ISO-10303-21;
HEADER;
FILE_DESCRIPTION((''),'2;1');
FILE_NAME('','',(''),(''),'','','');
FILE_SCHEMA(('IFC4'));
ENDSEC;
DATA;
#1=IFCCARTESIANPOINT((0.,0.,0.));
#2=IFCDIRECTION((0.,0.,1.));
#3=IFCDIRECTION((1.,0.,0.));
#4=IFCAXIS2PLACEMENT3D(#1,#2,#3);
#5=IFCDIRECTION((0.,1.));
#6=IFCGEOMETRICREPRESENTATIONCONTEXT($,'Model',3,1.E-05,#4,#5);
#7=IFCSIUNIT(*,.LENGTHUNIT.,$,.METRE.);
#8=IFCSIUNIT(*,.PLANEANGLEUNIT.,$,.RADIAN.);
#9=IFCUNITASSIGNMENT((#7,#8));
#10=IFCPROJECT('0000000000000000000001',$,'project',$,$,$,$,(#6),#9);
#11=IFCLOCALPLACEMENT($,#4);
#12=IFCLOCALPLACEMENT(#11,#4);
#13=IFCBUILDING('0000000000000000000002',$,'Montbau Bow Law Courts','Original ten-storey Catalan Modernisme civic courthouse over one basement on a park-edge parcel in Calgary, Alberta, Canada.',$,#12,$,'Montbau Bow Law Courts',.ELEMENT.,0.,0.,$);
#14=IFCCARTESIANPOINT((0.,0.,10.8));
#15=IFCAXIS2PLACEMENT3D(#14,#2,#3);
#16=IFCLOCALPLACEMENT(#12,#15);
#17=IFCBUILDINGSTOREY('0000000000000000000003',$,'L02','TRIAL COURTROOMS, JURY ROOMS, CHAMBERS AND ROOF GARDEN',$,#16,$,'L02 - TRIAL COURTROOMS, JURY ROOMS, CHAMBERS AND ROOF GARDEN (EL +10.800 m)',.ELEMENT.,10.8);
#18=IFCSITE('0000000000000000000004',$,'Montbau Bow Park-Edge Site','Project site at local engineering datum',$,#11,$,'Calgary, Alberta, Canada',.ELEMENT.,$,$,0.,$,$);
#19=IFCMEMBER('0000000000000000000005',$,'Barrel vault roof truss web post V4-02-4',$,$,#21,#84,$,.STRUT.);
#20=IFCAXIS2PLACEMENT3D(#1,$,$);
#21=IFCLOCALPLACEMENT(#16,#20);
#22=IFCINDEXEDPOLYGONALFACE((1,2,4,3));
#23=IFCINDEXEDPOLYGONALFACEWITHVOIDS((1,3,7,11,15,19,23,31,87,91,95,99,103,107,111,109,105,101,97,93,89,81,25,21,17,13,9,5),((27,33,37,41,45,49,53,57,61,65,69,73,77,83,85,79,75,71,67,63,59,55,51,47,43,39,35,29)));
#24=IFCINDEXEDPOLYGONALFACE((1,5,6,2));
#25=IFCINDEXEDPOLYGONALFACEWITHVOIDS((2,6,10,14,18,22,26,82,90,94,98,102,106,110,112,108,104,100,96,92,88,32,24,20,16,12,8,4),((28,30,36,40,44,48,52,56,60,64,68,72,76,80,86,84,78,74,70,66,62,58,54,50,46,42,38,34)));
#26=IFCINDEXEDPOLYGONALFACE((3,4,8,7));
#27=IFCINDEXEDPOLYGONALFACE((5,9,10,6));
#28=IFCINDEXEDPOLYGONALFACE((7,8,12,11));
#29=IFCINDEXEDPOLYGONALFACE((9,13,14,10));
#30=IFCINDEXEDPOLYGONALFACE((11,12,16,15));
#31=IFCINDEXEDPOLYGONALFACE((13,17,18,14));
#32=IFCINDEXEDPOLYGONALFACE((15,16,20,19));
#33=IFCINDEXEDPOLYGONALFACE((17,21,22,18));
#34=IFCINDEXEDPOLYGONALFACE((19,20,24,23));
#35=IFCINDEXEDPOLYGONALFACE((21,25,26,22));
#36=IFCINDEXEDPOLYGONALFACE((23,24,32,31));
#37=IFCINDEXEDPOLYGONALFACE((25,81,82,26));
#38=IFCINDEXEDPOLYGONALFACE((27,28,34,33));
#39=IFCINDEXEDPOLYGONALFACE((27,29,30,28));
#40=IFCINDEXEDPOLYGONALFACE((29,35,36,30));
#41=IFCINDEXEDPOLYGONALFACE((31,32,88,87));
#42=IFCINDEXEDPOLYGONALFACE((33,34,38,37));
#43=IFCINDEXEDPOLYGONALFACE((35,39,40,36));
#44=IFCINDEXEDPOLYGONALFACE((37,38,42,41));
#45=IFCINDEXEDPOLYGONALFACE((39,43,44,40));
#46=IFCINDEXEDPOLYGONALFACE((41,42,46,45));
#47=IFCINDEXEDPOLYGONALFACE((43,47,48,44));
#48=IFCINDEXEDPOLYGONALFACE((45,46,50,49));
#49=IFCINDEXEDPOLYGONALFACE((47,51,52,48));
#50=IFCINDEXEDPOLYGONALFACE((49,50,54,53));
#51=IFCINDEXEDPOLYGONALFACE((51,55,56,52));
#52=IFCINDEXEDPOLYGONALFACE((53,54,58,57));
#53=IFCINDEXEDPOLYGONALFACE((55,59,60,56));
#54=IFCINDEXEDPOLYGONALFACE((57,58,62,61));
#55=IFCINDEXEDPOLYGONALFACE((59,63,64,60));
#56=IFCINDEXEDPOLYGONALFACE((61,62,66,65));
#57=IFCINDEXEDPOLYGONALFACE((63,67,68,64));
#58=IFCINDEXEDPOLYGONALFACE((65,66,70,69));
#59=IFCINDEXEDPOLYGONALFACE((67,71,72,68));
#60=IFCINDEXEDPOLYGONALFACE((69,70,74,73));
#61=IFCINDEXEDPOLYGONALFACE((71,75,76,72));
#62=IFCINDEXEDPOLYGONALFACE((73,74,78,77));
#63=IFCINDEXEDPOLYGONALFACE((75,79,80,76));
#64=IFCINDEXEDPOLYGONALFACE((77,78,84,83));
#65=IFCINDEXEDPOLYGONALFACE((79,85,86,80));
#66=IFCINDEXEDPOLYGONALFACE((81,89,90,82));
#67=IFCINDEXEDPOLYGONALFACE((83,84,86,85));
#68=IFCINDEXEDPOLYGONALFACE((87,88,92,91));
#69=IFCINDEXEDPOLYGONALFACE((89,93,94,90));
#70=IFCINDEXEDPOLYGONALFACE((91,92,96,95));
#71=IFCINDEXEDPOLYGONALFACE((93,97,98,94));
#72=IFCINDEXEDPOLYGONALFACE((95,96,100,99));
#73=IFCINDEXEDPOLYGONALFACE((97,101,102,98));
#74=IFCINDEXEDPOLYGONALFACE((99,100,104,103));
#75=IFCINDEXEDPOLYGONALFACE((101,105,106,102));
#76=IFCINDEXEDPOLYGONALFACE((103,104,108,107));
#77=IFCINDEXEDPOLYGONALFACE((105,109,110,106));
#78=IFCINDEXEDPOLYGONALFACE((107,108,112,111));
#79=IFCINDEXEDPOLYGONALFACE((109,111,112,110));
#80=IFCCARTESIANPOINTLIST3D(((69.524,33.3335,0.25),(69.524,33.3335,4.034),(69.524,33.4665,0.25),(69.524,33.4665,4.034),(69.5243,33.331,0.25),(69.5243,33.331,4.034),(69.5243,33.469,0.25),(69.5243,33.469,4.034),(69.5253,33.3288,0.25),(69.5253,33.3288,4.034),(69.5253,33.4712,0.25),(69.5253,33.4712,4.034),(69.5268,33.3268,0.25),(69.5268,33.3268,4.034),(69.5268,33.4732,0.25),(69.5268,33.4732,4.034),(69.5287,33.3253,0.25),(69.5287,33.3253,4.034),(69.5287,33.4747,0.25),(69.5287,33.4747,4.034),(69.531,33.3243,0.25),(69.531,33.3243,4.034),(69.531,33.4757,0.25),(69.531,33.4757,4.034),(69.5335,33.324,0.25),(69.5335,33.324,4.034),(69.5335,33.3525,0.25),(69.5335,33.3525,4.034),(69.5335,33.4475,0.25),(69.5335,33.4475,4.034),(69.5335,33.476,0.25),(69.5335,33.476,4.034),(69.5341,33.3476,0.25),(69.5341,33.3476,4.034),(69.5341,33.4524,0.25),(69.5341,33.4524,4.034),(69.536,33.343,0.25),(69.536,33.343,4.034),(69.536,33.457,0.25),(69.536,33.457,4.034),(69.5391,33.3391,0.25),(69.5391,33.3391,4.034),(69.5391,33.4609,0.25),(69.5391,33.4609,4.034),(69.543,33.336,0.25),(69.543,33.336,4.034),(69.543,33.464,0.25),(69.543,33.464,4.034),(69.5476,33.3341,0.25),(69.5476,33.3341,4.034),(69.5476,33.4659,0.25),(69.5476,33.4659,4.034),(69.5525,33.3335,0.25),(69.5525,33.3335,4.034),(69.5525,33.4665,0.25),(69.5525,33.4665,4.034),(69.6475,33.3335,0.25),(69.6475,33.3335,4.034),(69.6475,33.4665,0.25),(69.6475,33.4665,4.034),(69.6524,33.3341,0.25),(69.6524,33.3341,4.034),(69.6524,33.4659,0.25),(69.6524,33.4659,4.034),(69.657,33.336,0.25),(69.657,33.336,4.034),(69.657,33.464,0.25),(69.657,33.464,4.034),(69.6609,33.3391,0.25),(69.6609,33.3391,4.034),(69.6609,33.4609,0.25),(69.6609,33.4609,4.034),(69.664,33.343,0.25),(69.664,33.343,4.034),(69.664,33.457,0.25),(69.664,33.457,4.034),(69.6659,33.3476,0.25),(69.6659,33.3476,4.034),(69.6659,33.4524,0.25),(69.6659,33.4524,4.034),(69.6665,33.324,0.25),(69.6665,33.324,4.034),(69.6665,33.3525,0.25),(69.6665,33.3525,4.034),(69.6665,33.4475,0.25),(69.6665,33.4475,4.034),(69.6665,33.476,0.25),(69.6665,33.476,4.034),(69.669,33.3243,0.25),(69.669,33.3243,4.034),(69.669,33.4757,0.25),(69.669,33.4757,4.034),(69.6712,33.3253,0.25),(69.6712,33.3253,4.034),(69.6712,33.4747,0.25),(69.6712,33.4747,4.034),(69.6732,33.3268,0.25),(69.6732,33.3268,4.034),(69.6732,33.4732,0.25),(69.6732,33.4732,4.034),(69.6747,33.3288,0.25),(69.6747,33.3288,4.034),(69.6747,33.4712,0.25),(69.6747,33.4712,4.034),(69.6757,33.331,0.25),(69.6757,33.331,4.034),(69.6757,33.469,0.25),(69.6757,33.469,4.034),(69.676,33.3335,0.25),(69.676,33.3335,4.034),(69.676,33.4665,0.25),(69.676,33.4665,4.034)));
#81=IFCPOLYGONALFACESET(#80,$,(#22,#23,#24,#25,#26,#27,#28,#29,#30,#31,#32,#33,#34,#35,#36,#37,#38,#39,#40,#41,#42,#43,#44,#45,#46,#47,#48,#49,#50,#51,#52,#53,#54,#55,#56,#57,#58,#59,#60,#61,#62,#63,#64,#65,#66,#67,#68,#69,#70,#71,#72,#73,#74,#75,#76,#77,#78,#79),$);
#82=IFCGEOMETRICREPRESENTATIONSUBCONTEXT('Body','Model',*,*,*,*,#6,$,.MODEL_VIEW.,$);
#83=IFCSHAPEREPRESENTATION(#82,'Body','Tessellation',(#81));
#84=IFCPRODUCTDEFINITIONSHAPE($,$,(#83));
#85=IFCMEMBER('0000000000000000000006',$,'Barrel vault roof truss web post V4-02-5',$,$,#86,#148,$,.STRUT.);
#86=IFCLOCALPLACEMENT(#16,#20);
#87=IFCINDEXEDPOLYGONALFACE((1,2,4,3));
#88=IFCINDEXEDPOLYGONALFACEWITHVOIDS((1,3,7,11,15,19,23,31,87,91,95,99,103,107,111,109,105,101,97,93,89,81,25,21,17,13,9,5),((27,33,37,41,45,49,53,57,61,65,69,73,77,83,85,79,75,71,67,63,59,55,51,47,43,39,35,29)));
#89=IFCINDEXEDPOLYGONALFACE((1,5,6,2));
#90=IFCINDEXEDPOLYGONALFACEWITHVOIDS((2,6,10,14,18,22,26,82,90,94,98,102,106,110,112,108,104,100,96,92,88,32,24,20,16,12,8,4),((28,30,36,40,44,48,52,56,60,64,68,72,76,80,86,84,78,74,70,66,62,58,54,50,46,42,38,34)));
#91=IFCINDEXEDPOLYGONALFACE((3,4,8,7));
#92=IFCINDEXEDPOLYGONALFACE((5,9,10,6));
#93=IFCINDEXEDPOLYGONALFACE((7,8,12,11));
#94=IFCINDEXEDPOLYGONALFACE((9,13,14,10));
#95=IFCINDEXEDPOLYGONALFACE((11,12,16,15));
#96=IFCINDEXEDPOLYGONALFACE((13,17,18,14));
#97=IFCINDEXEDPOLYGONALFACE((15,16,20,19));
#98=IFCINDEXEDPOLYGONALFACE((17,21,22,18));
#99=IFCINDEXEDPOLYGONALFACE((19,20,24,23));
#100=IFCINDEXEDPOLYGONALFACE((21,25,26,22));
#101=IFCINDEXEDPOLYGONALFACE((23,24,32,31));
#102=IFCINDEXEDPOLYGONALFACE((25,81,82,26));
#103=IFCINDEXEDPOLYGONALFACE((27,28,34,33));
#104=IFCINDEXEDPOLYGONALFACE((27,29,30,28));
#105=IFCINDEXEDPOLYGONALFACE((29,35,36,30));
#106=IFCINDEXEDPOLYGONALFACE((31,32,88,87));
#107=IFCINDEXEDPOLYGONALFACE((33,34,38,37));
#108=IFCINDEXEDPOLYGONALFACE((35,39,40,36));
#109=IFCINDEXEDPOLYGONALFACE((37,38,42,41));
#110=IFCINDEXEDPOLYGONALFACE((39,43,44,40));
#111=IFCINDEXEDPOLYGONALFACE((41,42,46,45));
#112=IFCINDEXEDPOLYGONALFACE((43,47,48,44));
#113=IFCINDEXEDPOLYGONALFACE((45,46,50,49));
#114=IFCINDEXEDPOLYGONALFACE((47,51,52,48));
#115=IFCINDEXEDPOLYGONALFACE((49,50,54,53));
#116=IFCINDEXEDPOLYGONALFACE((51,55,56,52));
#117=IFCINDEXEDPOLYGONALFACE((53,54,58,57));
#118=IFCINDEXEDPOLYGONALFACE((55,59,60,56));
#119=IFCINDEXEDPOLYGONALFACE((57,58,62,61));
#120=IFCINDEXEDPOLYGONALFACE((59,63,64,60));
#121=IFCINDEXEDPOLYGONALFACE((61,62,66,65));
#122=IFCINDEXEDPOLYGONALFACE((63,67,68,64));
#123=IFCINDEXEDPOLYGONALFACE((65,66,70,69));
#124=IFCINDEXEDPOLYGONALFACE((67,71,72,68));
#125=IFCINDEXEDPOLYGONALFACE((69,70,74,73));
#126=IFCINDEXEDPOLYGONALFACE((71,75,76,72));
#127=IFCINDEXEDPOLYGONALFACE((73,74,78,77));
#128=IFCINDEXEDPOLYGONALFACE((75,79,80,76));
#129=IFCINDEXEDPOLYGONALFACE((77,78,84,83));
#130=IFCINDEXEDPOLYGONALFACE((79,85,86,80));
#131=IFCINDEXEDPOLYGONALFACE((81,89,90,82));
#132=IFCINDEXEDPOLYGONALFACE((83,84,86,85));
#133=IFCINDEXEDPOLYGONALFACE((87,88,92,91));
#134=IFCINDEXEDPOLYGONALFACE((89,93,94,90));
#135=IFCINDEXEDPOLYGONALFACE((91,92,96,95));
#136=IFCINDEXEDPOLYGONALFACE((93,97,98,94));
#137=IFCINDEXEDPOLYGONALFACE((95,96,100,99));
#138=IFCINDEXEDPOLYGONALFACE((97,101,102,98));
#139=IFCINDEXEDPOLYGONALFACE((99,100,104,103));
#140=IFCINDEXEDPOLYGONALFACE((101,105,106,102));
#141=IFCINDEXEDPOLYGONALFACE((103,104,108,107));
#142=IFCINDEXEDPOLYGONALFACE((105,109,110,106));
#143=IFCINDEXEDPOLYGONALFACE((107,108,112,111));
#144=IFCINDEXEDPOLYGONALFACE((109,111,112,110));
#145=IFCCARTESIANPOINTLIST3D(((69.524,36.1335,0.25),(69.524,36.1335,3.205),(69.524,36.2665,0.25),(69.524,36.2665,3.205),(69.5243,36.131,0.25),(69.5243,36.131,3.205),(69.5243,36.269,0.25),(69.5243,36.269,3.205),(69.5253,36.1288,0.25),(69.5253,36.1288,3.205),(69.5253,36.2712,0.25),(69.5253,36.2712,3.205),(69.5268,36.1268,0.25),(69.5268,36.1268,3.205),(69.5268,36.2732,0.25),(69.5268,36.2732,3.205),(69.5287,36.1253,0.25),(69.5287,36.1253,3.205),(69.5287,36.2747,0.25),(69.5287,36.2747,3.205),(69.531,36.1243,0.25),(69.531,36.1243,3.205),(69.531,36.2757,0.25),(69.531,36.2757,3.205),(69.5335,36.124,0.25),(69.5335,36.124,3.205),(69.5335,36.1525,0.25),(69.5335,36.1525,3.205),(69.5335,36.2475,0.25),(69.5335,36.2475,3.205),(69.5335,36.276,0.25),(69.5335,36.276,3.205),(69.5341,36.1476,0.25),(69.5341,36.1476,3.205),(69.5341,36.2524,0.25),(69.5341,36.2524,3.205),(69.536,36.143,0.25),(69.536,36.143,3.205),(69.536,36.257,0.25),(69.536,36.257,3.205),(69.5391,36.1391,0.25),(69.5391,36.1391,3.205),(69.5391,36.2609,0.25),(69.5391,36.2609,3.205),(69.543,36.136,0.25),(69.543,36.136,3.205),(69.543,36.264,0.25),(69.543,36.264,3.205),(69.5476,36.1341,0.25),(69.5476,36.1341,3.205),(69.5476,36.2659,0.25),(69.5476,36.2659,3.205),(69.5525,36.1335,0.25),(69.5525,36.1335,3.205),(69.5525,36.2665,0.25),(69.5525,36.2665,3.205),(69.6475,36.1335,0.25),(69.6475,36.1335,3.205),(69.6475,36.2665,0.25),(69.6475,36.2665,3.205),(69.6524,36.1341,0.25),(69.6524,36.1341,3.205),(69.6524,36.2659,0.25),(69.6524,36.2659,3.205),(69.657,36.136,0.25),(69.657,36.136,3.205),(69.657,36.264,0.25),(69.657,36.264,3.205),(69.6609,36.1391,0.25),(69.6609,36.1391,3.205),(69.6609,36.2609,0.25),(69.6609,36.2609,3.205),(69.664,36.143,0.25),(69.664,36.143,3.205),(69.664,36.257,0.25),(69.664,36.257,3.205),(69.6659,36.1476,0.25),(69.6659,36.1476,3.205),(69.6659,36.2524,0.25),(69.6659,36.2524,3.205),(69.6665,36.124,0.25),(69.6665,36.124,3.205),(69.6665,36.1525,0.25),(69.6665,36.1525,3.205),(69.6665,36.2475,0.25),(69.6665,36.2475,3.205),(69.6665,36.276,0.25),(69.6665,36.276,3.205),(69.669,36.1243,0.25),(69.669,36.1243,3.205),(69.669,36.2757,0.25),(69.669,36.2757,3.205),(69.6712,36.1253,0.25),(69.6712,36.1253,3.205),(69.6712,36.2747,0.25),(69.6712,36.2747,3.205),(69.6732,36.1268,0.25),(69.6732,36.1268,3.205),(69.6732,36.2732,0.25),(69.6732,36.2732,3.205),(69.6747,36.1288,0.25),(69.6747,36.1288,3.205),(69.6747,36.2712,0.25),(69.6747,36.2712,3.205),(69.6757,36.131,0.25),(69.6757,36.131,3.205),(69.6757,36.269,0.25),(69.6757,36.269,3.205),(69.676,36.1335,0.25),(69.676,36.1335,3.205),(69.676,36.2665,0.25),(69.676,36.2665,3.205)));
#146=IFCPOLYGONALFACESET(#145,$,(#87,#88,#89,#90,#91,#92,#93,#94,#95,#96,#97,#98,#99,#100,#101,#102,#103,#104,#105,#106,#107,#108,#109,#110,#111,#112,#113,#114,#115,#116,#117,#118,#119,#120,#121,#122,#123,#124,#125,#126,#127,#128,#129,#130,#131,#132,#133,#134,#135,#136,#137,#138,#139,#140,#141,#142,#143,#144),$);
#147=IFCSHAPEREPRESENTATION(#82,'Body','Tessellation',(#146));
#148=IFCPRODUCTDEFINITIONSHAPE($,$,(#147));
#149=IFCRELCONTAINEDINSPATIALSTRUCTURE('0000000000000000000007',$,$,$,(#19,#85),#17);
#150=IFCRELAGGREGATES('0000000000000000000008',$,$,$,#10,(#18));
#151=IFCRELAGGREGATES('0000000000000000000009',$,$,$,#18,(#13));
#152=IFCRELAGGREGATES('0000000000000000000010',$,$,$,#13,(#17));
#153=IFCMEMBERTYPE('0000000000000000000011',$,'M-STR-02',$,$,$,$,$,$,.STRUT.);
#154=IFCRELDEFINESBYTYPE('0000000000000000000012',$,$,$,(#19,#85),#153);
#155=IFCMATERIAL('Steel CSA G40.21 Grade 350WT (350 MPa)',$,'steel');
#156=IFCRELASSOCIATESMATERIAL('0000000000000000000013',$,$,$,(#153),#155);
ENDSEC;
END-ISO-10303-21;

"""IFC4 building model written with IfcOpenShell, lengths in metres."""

from ifc_helpers import new_model, si_unit, direction, frame, origin_with_axes, origin_2d_with_axis, place, context, subcontext, project, spatial, hollow_rectangle, extrude, material, material_profile, profile_set, type_object, element, save


model = new_model("IFC4")

# Units and contexts
model_context = context("Model", 3, precision=1e-05, world=origin_with_axes(), true_north=direction((0.0, 1.0)))
body_context = subcontext(model_context, "Body", "Model", "MODEL_VIEW")
ifc_project = project(units=[si_unit("LENGTHUNIT", "METRE"), si_unit("PLANEANGLEUNIT", "RADIAN")], contexts=[model_context])

# Site, building, storey
site_placement = place(None, origin_with_axes())
site = spatial("IfcSite", under=ifc_project, at=site_placement, Name="Montbau Bow Park-Edge Site", Description="Project site at local engineering datum", LongName="Calgary, Alberta, Canada", CompositionType="ELEMENT", RefElevation=0.0)
building_placement = place(site_placement, origin_with_axes())
building = spatial("IfcBuilding", under=site, at=building_placement, Name="Montbau Bow Law Courts", Description="Original ten-storey Catalan Modernisme civic courthouse over one basement on a park-edge parcel in Calgary, Alberta, Canada.", LongName="Montbau Bow Law Courts", CompositionType="ELEMENT", ElevationOfRefHeight=0.0, ElevationOfTerrain=0.0)
storey_placement = place(building_placement, frame((0.0, 0.0, 10.8), z_axis=(0.0, 0.0, 1.0), x_axis=(1.0, 0.0, 0.0)))
storey = spatial("IfcBuildingStorey", under=building, at=storey_placement, Name="L02", Description="TRIAL COURTROOMS, JURY ROOMS, CHAMBERS AND ROOF GARDEN", LongName="L02 - TRIAL COURTROOMS, JURY ROOMS, CHAMBERS AND ROOF GARDEN (EL +10.800 m)", CompositionType="ELEMENT", Elevation=10.8)

# Shared definitions
ifc_material_1 = material(Name="Steel CSA G40.21 Grade 350WT (350 MPa)", Category="steel")

# Members
ifc_material_profile_1 = material_profile(ifc_material_1, hollow_rectangle(XDim=0.152, YDim=0.152, WallThickness=0.0095, InnerFilletRadius=0.019, OuterFilletRadius=0.0095, at=origin_2d_with_axis()), Name="HSS152X152X9.5", Category="Main", Priority=0)
ifc_profile_set_1 = profile_set([ifc_material_profile_1], Name="Steel CSA G40.21 Grade 350WT (350 MPa)")
member_type_1 = type_object("IfcMemberType", Name="M-STR-02", PredefinedType="STRUT", material=ifc_profile_set_1)
member_1_placement = place(None, frame((69.6, 33.4, 11.05), z_axis=(0.0, 0.0, 1.0), x_axis=(1.0, 0.0, 0.0)))
element("IfcMember", 1, at=member_1_placement, inside=storey, type_object=member_type_1, Name="Barrel vault roof truss web post V4-02-4", PredefinedType="STRUT", context=body_context, shape_type="SweptSolid", body=[
    extrude(hollow_rectangle(XDim=0.152, YDim=0.152, WallThickness=0.0095, InnerFilletRadius=0.019, OuterFilletRadius=0.0095, at=origin_2d_with_axis()), origin_with_axes(), (0.0, 0.0, 1.0), 3.784),
])
member_2_placement = place(None, frame((69.6, 36.2, 11.05), z_axis=(0.0, 0.0, 1.0), x_axis=(1.0, 0.0, 0.0)))
element("IfcMember", 2, at=member_2_placement, inside=storey, type_object=member_type_1, Name="Barrel vault roof truss web post V4-02-5", PredefinedType="STRUT", context=body_context, shape_type="SweptSolid", body=[
    extrude(hollow_rectangle(XDim=0.152, YDim=0.152, WallThickness=0.0095, InnerFilletRadius=0.019, OuterFilletRadius=0.0095, at=origin_2d_with_axis()), origin_with_axes(), (0.0, 0.0, 1.0), 2.955),
])

save(model, "model.ifc")
